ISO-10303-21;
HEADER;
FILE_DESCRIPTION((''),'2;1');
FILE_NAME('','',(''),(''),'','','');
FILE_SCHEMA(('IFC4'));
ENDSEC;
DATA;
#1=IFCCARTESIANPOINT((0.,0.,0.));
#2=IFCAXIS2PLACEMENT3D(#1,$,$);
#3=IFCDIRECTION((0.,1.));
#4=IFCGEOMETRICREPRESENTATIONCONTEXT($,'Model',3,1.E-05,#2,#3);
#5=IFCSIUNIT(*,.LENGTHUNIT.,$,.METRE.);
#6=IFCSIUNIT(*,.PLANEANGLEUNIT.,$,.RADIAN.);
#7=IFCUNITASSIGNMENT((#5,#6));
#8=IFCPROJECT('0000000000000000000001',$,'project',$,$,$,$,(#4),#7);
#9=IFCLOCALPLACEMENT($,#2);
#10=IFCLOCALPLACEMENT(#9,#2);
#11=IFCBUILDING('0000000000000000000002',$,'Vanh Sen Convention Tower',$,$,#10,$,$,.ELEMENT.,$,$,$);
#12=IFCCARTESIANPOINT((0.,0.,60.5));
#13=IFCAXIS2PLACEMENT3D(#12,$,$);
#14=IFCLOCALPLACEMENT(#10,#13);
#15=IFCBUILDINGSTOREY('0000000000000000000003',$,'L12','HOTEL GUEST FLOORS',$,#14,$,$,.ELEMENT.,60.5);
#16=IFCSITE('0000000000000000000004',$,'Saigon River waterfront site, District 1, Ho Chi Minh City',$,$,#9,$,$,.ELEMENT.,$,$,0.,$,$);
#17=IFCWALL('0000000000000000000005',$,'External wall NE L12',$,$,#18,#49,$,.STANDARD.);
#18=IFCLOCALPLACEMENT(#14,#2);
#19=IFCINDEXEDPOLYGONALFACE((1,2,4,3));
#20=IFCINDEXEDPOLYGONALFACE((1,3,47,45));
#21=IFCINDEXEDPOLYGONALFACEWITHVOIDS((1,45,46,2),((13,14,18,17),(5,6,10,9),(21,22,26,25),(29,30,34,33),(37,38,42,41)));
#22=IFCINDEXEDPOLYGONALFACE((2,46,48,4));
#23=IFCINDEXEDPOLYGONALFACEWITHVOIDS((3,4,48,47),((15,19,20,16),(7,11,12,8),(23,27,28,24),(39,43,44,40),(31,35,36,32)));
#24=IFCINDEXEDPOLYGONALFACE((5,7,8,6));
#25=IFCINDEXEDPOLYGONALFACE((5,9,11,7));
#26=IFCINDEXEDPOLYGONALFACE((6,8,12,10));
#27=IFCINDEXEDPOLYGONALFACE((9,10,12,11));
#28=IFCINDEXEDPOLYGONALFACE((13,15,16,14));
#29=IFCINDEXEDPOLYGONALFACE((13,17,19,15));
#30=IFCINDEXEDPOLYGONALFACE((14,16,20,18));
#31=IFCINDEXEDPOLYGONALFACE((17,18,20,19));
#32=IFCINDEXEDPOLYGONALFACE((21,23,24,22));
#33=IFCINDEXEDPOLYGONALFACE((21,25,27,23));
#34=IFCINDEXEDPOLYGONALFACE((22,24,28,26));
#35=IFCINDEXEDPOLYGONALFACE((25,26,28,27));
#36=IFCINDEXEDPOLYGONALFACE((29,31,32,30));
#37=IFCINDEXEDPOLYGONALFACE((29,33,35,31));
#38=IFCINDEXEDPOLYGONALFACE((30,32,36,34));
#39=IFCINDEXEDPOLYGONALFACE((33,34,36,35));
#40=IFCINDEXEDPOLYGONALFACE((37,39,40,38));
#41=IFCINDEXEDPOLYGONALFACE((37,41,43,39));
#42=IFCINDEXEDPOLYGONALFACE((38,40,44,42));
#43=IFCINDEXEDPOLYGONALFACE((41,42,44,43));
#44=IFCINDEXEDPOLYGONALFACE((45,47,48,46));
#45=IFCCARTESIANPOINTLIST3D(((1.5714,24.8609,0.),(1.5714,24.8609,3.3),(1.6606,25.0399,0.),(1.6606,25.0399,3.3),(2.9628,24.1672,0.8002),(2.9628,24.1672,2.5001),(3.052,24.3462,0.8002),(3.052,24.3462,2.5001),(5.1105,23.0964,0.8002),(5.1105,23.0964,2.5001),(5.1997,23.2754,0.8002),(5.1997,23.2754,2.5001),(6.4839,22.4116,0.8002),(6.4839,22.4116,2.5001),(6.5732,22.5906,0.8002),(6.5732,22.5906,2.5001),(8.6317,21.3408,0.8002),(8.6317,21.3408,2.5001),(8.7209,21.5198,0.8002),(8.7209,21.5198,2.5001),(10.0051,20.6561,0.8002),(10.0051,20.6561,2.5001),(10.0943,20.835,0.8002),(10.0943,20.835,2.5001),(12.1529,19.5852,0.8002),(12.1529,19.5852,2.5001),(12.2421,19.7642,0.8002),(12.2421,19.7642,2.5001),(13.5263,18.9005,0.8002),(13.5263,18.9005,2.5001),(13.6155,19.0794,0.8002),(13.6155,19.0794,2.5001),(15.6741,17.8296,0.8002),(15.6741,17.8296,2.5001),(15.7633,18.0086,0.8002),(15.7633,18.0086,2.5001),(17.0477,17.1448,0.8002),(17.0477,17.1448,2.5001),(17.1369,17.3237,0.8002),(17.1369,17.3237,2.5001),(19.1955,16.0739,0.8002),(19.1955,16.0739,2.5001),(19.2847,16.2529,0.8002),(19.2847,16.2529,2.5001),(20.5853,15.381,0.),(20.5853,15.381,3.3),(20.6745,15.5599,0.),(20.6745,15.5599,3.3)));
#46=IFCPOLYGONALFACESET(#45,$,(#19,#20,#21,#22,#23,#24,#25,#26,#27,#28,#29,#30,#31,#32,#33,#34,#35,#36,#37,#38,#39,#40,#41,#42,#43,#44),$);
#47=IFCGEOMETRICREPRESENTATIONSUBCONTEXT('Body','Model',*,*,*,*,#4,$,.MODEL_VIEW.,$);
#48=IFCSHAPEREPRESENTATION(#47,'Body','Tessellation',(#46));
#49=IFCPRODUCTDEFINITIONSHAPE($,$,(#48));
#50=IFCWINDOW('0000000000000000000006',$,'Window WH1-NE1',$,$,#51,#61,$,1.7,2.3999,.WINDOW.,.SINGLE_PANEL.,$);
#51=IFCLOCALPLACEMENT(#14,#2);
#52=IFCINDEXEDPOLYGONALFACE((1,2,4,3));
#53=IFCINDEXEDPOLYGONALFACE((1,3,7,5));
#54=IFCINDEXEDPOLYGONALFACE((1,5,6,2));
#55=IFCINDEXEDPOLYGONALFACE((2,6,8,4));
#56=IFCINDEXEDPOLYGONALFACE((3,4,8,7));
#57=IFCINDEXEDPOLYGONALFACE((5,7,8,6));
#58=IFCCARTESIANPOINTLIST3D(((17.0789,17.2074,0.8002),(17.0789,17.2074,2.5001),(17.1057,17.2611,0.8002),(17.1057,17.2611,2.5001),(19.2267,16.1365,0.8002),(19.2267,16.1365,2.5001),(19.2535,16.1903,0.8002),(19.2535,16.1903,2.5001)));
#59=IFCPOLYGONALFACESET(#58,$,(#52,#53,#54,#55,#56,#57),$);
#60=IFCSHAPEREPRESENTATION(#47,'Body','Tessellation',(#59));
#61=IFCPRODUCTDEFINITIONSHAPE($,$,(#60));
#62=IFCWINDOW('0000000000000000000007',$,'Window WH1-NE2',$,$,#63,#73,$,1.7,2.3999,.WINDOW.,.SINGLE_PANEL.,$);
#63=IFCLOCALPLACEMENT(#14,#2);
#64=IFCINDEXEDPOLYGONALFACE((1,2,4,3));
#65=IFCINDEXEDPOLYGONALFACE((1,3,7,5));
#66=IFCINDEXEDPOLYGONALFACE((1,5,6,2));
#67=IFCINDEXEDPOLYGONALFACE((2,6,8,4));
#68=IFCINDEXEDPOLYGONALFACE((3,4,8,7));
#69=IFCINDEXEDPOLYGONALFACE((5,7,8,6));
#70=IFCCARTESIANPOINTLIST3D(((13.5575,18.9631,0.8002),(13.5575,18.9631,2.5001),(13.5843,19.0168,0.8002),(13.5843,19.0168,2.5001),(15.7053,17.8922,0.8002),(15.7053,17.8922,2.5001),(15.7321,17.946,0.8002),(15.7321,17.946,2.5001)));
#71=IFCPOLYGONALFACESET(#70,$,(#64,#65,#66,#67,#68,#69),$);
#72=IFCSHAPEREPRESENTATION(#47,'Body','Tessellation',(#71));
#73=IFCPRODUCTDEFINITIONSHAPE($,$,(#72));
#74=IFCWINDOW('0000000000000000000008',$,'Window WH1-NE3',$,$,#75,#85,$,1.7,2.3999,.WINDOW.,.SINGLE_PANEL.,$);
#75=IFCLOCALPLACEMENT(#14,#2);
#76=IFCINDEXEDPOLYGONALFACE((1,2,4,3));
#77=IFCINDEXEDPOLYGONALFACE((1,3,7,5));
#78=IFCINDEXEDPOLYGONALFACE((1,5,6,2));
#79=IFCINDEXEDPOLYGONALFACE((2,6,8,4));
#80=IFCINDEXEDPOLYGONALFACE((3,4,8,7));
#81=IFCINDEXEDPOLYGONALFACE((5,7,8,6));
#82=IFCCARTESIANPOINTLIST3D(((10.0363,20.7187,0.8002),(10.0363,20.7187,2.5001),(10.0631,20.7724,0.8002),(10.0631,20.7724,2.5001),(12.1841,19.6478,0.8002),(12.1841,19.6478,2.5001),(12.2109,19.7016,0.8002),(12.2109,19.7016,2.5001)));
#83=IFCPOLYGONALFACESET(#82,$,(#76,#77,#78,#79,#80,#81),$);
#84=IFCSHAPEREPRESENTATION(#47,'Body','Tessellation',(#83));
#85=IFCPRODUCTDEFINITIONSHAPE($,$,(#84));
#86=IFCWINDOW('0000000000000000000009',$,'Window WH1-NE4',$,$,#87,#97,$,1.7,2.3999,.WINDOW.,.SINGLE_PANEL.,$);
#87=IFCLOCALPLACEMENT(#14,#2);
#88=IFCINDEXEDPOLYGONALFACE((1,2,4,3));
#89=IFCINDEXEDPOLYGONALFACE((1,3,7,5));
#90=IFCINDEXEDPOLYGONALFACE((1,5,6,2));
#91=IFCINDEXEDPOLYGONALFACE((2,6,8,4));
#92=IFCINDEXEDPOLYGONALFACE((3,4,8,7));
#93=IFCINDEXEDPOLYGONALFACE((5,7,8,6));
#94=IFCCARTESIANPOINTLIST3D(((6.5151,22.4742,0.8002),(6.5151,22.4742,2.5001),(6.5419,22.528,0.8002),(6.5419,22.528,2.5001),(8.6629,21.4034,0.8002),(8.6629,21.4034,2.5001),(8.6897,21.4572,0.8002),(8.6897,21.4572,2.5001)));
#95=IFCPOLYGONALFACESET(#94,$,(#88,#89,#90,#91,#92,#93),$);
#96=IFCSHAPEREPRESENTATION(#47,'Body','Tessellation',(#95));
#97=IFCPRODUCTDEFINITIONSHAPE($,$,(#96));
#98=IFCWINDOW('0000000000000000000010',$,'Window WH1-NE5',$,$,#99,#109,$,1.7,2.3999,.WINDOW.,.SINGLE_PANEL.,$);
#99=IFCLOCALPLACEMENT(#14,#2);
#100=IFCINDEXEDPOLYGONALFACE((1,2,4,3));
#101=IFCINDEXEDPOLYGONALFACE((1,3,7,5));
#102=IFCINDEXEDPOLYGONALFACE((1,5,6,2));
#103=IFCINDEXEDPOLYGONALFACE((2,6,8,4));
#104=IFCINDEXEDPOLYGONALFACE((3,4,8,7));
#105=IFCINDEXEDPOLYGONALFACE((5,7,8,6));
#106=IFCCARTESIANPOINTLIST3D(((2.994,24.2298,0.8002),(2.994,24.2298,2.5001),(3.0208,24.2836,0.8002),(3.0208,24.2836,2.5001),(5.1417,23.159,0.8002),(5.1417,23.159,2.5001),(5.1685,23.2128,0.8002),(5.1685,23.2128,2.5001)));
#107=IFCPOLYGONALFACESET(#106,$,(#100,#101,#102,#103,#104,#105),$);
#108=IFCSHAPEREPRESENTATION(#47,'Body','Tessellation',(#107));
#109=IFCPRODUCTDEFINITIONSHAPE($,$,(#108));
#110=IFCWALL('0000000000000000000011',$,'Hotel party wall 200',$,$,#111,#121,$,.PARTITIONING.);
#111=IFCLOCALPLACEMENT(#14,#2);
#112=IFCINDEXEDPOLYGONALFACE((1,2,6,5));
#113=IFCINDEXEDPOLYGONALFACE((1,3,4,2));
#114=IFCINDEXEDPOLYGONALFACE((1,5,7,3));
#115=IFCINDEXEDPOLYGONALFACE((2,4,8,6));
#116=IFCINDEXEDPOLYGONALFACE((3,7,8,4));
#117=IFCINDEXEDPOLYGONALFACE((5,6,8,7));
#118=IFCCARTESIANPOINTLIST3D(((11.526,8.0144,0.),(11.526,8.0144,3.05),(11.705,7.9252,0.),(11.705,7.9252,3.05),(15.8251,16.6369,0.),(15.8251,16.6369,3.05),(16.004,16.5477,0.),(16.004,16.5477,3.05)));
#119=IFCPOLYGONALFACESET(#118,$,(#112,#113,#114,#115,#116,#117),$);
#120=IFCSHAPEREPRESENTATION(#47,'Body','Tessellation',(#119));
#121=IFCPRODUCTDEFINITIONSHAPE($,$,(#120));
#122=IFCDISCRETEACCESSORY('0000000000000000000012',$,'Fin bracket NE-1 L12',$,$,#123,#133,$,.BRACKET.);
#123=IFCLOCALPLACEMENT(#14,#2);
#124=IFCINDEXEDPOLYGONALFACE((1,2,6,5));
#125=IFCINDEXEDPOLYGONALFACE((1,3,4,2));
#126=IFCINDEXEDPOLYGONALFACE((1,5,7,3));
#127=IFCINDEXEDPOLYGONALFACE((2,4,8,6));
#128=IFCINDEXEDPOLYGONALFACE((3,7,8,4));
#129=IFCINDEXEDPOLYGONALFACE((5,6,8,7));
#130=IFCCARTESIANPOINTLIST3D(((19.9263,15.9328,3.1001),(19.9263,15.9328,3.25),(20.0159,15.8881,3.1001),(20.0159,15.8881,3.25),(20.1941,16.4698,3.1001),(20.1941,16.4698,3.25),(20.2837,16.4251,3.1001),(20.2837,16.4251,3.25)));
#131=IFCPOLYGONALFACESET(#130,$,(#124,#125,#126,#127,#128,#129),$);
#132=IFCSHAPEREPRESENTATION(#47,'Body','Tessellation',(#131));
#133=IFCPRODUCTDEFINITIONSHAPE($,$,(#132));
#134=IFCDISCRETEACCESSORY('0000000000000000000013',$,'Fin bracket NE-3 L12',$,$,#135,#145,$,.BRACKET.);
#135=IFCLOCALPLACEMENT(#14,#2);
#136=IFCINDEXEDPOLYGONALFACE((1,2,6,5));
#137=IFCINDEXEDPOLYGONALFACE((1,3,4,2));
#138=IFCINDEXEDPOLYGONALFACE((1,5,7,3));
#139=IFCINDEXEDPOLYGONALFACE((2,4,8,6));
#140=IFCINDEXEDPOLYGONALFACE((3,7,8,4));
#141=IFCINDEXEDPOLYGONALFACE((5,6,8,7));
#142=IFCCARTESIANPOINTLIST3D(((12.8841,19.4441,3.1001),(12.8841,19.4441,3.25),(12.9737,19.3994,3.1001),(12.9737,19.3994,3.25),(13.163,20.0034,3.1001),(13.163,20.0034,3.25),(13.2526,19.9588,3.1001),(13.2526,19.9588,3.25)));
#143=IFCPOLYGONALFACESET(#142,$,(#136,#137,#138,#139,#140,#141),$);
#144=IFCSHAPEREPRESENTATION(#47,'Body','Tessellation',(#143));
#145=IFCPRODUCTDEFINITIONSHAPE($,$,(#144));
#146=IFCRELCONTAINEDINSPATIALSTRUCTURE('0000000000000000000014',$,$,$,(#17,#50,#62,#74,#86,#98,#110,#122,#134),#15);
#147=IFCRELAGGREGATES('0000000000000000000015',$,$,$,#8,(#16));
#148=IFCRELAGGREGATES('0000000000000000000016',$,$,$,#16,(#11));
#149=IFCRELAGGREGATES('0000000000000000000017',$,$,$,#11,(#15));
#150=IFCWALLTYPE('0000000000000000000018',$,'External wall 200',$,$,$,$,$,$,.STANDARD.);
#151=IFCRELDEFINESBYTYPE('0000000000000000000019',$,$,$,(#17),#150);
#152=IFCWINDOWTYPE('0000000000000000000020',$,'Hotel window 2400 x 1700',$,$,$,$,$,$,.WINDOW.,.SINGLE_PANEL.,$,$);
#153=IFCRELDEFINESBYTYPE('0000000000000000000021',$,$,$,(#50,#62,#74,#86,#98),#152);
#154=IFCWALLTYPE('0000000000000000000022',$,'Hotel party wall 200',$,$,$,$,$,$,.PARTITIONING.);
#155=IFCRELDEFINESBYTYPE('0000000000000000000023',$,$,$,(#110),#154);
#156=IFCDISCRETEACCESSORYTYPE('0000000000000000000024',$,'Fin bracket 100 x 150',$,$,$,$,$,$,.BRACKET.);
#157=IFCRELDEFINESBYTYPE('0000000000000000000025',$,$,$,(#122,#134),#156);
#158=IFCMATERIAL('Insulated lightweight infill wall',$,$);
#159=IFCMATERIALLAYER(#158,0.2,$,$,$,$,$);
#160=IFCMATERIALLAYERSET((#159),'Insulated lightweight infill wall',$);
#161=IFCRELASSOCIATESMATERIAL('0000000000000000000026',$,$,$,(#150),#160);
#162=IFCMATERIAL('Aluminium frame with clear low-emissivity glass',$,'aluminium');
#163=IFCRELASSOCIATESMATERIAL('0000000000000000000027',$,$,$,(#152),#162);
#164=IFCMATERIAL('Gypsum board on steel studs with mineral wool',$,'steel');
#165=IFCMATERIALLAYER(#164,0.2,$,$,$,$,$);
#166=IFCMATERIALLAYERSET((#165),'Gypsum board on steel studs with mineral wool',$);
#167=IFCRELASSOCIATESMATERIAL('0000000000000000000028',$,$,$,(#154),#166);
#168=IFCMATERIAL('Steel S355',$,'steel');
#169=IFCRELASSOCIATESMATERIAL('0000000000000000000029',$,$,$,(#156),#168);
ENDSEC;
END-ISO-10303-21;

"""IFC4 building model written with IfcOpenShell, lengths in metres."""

from ifc_helpers import new_model, si_unit, direction, frame, frame_2d, origin, origin_2d, place, context, subcontext, project, spatial, rectangle, extrude, material, layer, layer_set, type_object, element, fill, save


model = new_model("IFC4")

# Units and contexts
model_context = context("Model", 3, precision=1e-05, world=origin(), true_north=direction((0.0, 1.0)))
body_context = subcontext(model_context, "Body", "Model", "MODEL_VIEW")
ifc_project = project(units=[si_unit("LENGTHUNIT", "METRE"), si_unit("PLANEANGLEUNIT", "RADIAN")], contexts=[model_context])

# Site, building, storey
site_placement = place(None, origin())
site = spatial("IfcSite", under=ifc_project, at=site_placement, Name="Saigon River waterfront site, District 1, Ho Chi Minh City", CompositionType="ELEMENT", RefElevation=0.0)
building_placement = place(site_placement, origin())
building = spatial("IfcBuilding", under=site, at=building_placement, Name="Vanh Sen Convention Tower", CompositionType="ELEMENT")
storey_placement = place(building_placement, frame((0.0, 0.0, 60.5)))
storey = spatial("IfcBuildingStorey", under=building, at=storey_placement, Name="L12", Description="HOTEL GUEST FLOORS", CompositionType="ELEMENT", Elevation=60.5)

# Wall, openings, windows
ifc_material_1 = material(Name="Insulated lightweight infill wall")
ifc_layer_1 = layer(ifc_material_1, 0.2)
ifc_layer_set_1 = layer_set([ifc_layer_1], Name="Insulated lightweight infill wall")
wall_type_1 = type_object("IfcWallType", Name="External wall 200", PredefinedType="STANDARD", material=ifc_layer_set_1)
wall_1_placement = place(storey_placement, frame((20.6299, 15.4705, 0.0), z_axis=(0.0, 0.0, 1.0), x_axis=(-0.894935, 0.446197, 0.0)))
wall_1 = element("IfcWall", 1, at=wall_1_placement, inside=storey, type_object=wall_type_1, Name="External wall NE L12", PredefinedType="STANDARD", context=body_context, shape_type="SweptSolid", body=[
    extrude(rectangle(XDim=21.2461, YDim=0.2, at=frame_2d((10.623, 0.0))), origin(), (0.0, 0.0, 1.0), 3.3),
])
opening_1_placement = place(wall_1_placement, frame((1.553, 0.0, 0.8)))
opening_1 = element("IfcOpeningElement", 2, at=opening_1_placement, cuts=wall_1, PredefinedType="OPENING", context=body_context, shape_type="SweptSolid", body=[
    extrude(rectangle(XDim=2.3999, YDim=1.7, at=frame_2d((1.2, 0.8501))), frame((0.0, 0.1099, 0.0), z_axis=(0.0, -1.0, 0.0), x_axis=(1.0, 0.0, 0.0)), (0.0, 0.0, 1.0), 0.22),
])
opening_2_placement = place(wall_1_placement, frame((5.4878, 0.0, 0.8)))
opening_2 = element("IfcOpeningElement", 3, at=opening_2_placement, cuts=wall_1, PredefinedType="OPENING", context=body_context, shape_type="SweptSolid", body=[
    extrude(rectangle(XDim=2.3999, YDim=1.7, at=frame_2d((1.2, 0.8501))), frame((0.0, 0.1099, 0.0), z_axis=(0.0, -1.0, 0.0), x_axis=(1.0, 0.0, 0.0)), (0.0, 0.0, 1.0), 0.22),
])
opening_3_placement = place(wall_1_placement, frame((9.4224, 0.0, 0.8)))
opening_3 = element("IfcOpeningElement", 4, at=opening_3_placement, cuts=wall_1, PredefinedType="OPENING", context=body_context, shape_type="SweptSolid", body=[
    extrude(rectangle(XDim=2.3999, YDim=1.7, at=frame_2d((1.2, 0.8501))), frame((0.0, 0.1099, 0.0), z_axis=(0.0, -1.0, 0.0), x_axis=(1.0, 0.0, 0.0)), (0.0, 0.0, 1.0), 0.22),
])
opening_4_placement = place(wall_1_placement, frame((13.3569, 0.0, 0.8)))
opening_4 = element("IfcOpeningElement", 5, at=opening_4_placement, cuts=wall_1, PredefinedType="OPENING", context=body_context, shape_type="SweptSolid", body=[
    extrude(rectangle(XDim=2.3999, YDim=1.7, at=frame_2d((1.2, 0.8501))), frame((0.0, 0.1099, 0.0), z_axis=(0.0, -1.0, 0.0), x_axis=(1.0, 0.0, 0.0)), (0.0, 0.0, 1.0), 0.22),
])
opening_5_placement = place(wall_1_placement, frame((17.2915, 0.0, 0.8)))
opening_5 = element("IfcOpeningElement", 6, at=opening_5_placement, cuts=wall_1, PredefinedType="OPENING", context=body_context, shape_type="SweptSolid", body=[
    extrude(rectangle(XDim=2.3999, YDim=1.7, at=frame_2d((1.2, 0.8501))), frame((0.0, 0.1099, 0.0), z_axis=(0.0, -1.0, 0.0), x_axis=(1.0, 0.0, 0.0)), (0.0, 0.0, 1.0), 0.22),
])
ifc_material_2 = material(Name="Aluminium frame with clear low-emissivity glass", Category="aluminium")
window_type = type_object("IfcWindowType", Name="Hotel window 2400 x 1700", PartitioningType="SINGLE_PANEL", PredefinedType="WINDOW", material=ifc_material_2)
window_1_placement = place(opening_1_placement, origin())
window_1 = element("IfcWindow", 7, at=window_1_placement, inside=storey, type_object=window_type, Name="Window WH1-NE1", OverallHeight=1.7, OverallWidth=2.3999, PartitioningType="SINGLE_PANEL", PredefinedType="WINDOW", context=body_context, shape_type="SweptSolid", body=[
    extrude(rectangle(XDim=2.3999, YDim=1.7, at=frame_2d((1.2, 0.8501))), frame((0.0, 0.03, 0.0), z_axis=(0.0, -1.0, 0.0), x_axis=(1.0, 0.0, 0.0)), (0.0, 0.0, 1.0), 0.0601),
])
fill(opening_1, window_1)
window_2_placement = place(opening_2_placement, origin())
window_2 = element("IfcWindow", 8, at=window_2_placement, inside=storey, type_object=window_type, Name="Window WH1-NE2", OverallHeight=1.7, OverallWidth=2.3999, PartitioningType="SINGLE_PANEL", PredefinedType="WINDOW", context=body_context, shape_type="SweptSolid", body=[
    extrude(rectangle(XDim=2.3999, YDim=1.7, at=frame_2d((1.2, 0.8501))), frame((0.0, 0.03, 0.0), z_axis=(0.0, -1.0, 0.0), x_axis=(1.0, 0.0, 0.0)), (0.0, 0.0, 1.0), 0.0601),
])
fill(opening_2, window_2)
window_3_placement = place(opening_3_placement, origin())
window_3 = element("IfcWindow", 9, at=window_3_placement, inside=storey, type_object=window_type, Name="Window WH1-NE3", OverallHeight=1.7, OverallWidth=2.3999, PartitioningType="SINGLE_PANEL", PredefinedType="WINDOW", context=body_context, shape_type="SweptSolid", body=[
    extrude(rectangle(XDim=2.3999, YDim=1.7, at=frame_2d((1.2, 0.8501))), frame((0.0, 0.03, 0.0), z_axis=(0.0, -1.0, 0.0), x_axis=(1.0, 0.0, 0.0)), (0.0, 0.0, 1.0), 0.0601),
])
fill(opening_3, window_3)
window_4_placement = place(opening_4_placement, origin())
window_4 = element("IfcWindow", 10, at=window_4_placement, inside=storey, type_object=window_type, Name="Window WH1-NE4", OverallHeight=1.7, OverallWidth=2.3999, PartitioningType="SINGLE_PANEL", PredefinedType="WINDOW", context=body_context, shape_type="SweptSolid", body=[
    extrude(rectangle(XDim=2.3999, YDim=1.7, at=frame_2d((1.2, 0.8501))), frame((0.0, 0.03, 0.0), z_axis=(0.0, -1.0, 0.0), x_axis=(1.0, 0.0, 0.0)), (0.0, 0.0, 1.0), 0.0601),
])
fill(opening_4, window_4)
window_5_placement = place(opening_5_placement, origin())
window_5 = element("IfcWindow", 11, at=window_5_placement, inside=storey, type_object=window_type, Name="Window WH1-NE5", OverallHeight=1.7, OverallWidth=2.3999, PartitioningType="SINGLE_PANEL", PredefinedType="WINDOW", context=body_context, shape_type="SweptSolid", body=[
    extrude(rectangle(XDim=2.3999, YDim=1.7, at=frame_2d((1.2, 0.8501))), frame((0.0, 0.03, 0.0), z_axis=(0.0, -1.0, 0.0), x_axis=(1.0, 0.0, 0.0)), (0.0, 0.0, 1.0), 0.0601),
])
fill(opening_5, window_5)

# Wall
ifc_material_3 = material(Name="Gypsum board on steel studs with mineral wool", Category="steel")
ifc_layer_2 = layer(ifc_material_3, 0.2)
ifc_layer_set_2 = layer_set([ifc_layer_2], Name="Gypsum board on steel studs with mineral wool")
wall_type_2 = type_object("IfcWallType", Name="Hotel party wall 200", PredefinedType="PARTITIONING", material=ifc_layer_set_2)
wall_2_placement = place(storey_placement, frame((15.9146, 16.5923, 0.0), z_axis=(0.0, 0.0, 1.0), x_axis=(-0.4462, -0.894933, 0.0)))
element("IfcWall", 12, at=wall_2_placement, inside=storey, type_object=wall_type_2, Name="Hotel party wall 200", PredefinedType="PARTITIONING", context=body_context, shape_type="SweptSolid", body=[
    extrude(rectangle(XDim=9.6348, YDim=0.2, at=frame_2d((4.8174, 0.0))), origin(), (0.0, 0.0, 1.0), 3.05),
])

# Discrete accessories
ifc_material_4 = material(Name="Steel S355", Category="steel")
discrete_accessory_type = type_object("IfcDiscreteAccessoryType", Name="Fin bracket 100 x 150", PredefinedType="BRACKET", material=ifc_material_4)
discrete_accessory_1_placement = place(storey_placement, frame((20.105, 16.179, 3.1001), z_axis=(0.0, 0.0, 1.0), x_axis=(0.446198, 0.894934, 0.0)))
element("IfcDiscreteAccessory", 13, at=discrete_accessory_1_placement, inside=storey, type_object=discrete_accessory_type, Name="Fin bracket NE-1 L12", PredefinedType="BRACKET", context=body_context, shape_type="SweptSolid", body=[
    extrude(rectangle(XDim=0.6001, YDim=0.1001, at=origin_2d()), origin(), (0.0, 0.0, 1.0), 0.1499),
])
discrete_accessory_2_placement = place(storey_placement, frame((13.0684, 19.7014, 3.1001), z_axis=(0.0, 0.0, 1.0), x_axis=(0.446198, 0.894934, 0.0)))
element("IfcDiscreteAccessory", 14, at=discrete_accessory_2_placement, inside=storey, type_object=discrete_accessory_type, Name="Fin bracket NE-3 L12", PredefinedType="BRACKET", context=body_context, shape_type="SweptSolid", body=[
    extrude(rectangle(XDim=0.625, YDim=0.1001, at=origin_2d()), origin(), (0.0, 0.0, 1.0), 0.1499),
])

save(model, "model.ifc")
